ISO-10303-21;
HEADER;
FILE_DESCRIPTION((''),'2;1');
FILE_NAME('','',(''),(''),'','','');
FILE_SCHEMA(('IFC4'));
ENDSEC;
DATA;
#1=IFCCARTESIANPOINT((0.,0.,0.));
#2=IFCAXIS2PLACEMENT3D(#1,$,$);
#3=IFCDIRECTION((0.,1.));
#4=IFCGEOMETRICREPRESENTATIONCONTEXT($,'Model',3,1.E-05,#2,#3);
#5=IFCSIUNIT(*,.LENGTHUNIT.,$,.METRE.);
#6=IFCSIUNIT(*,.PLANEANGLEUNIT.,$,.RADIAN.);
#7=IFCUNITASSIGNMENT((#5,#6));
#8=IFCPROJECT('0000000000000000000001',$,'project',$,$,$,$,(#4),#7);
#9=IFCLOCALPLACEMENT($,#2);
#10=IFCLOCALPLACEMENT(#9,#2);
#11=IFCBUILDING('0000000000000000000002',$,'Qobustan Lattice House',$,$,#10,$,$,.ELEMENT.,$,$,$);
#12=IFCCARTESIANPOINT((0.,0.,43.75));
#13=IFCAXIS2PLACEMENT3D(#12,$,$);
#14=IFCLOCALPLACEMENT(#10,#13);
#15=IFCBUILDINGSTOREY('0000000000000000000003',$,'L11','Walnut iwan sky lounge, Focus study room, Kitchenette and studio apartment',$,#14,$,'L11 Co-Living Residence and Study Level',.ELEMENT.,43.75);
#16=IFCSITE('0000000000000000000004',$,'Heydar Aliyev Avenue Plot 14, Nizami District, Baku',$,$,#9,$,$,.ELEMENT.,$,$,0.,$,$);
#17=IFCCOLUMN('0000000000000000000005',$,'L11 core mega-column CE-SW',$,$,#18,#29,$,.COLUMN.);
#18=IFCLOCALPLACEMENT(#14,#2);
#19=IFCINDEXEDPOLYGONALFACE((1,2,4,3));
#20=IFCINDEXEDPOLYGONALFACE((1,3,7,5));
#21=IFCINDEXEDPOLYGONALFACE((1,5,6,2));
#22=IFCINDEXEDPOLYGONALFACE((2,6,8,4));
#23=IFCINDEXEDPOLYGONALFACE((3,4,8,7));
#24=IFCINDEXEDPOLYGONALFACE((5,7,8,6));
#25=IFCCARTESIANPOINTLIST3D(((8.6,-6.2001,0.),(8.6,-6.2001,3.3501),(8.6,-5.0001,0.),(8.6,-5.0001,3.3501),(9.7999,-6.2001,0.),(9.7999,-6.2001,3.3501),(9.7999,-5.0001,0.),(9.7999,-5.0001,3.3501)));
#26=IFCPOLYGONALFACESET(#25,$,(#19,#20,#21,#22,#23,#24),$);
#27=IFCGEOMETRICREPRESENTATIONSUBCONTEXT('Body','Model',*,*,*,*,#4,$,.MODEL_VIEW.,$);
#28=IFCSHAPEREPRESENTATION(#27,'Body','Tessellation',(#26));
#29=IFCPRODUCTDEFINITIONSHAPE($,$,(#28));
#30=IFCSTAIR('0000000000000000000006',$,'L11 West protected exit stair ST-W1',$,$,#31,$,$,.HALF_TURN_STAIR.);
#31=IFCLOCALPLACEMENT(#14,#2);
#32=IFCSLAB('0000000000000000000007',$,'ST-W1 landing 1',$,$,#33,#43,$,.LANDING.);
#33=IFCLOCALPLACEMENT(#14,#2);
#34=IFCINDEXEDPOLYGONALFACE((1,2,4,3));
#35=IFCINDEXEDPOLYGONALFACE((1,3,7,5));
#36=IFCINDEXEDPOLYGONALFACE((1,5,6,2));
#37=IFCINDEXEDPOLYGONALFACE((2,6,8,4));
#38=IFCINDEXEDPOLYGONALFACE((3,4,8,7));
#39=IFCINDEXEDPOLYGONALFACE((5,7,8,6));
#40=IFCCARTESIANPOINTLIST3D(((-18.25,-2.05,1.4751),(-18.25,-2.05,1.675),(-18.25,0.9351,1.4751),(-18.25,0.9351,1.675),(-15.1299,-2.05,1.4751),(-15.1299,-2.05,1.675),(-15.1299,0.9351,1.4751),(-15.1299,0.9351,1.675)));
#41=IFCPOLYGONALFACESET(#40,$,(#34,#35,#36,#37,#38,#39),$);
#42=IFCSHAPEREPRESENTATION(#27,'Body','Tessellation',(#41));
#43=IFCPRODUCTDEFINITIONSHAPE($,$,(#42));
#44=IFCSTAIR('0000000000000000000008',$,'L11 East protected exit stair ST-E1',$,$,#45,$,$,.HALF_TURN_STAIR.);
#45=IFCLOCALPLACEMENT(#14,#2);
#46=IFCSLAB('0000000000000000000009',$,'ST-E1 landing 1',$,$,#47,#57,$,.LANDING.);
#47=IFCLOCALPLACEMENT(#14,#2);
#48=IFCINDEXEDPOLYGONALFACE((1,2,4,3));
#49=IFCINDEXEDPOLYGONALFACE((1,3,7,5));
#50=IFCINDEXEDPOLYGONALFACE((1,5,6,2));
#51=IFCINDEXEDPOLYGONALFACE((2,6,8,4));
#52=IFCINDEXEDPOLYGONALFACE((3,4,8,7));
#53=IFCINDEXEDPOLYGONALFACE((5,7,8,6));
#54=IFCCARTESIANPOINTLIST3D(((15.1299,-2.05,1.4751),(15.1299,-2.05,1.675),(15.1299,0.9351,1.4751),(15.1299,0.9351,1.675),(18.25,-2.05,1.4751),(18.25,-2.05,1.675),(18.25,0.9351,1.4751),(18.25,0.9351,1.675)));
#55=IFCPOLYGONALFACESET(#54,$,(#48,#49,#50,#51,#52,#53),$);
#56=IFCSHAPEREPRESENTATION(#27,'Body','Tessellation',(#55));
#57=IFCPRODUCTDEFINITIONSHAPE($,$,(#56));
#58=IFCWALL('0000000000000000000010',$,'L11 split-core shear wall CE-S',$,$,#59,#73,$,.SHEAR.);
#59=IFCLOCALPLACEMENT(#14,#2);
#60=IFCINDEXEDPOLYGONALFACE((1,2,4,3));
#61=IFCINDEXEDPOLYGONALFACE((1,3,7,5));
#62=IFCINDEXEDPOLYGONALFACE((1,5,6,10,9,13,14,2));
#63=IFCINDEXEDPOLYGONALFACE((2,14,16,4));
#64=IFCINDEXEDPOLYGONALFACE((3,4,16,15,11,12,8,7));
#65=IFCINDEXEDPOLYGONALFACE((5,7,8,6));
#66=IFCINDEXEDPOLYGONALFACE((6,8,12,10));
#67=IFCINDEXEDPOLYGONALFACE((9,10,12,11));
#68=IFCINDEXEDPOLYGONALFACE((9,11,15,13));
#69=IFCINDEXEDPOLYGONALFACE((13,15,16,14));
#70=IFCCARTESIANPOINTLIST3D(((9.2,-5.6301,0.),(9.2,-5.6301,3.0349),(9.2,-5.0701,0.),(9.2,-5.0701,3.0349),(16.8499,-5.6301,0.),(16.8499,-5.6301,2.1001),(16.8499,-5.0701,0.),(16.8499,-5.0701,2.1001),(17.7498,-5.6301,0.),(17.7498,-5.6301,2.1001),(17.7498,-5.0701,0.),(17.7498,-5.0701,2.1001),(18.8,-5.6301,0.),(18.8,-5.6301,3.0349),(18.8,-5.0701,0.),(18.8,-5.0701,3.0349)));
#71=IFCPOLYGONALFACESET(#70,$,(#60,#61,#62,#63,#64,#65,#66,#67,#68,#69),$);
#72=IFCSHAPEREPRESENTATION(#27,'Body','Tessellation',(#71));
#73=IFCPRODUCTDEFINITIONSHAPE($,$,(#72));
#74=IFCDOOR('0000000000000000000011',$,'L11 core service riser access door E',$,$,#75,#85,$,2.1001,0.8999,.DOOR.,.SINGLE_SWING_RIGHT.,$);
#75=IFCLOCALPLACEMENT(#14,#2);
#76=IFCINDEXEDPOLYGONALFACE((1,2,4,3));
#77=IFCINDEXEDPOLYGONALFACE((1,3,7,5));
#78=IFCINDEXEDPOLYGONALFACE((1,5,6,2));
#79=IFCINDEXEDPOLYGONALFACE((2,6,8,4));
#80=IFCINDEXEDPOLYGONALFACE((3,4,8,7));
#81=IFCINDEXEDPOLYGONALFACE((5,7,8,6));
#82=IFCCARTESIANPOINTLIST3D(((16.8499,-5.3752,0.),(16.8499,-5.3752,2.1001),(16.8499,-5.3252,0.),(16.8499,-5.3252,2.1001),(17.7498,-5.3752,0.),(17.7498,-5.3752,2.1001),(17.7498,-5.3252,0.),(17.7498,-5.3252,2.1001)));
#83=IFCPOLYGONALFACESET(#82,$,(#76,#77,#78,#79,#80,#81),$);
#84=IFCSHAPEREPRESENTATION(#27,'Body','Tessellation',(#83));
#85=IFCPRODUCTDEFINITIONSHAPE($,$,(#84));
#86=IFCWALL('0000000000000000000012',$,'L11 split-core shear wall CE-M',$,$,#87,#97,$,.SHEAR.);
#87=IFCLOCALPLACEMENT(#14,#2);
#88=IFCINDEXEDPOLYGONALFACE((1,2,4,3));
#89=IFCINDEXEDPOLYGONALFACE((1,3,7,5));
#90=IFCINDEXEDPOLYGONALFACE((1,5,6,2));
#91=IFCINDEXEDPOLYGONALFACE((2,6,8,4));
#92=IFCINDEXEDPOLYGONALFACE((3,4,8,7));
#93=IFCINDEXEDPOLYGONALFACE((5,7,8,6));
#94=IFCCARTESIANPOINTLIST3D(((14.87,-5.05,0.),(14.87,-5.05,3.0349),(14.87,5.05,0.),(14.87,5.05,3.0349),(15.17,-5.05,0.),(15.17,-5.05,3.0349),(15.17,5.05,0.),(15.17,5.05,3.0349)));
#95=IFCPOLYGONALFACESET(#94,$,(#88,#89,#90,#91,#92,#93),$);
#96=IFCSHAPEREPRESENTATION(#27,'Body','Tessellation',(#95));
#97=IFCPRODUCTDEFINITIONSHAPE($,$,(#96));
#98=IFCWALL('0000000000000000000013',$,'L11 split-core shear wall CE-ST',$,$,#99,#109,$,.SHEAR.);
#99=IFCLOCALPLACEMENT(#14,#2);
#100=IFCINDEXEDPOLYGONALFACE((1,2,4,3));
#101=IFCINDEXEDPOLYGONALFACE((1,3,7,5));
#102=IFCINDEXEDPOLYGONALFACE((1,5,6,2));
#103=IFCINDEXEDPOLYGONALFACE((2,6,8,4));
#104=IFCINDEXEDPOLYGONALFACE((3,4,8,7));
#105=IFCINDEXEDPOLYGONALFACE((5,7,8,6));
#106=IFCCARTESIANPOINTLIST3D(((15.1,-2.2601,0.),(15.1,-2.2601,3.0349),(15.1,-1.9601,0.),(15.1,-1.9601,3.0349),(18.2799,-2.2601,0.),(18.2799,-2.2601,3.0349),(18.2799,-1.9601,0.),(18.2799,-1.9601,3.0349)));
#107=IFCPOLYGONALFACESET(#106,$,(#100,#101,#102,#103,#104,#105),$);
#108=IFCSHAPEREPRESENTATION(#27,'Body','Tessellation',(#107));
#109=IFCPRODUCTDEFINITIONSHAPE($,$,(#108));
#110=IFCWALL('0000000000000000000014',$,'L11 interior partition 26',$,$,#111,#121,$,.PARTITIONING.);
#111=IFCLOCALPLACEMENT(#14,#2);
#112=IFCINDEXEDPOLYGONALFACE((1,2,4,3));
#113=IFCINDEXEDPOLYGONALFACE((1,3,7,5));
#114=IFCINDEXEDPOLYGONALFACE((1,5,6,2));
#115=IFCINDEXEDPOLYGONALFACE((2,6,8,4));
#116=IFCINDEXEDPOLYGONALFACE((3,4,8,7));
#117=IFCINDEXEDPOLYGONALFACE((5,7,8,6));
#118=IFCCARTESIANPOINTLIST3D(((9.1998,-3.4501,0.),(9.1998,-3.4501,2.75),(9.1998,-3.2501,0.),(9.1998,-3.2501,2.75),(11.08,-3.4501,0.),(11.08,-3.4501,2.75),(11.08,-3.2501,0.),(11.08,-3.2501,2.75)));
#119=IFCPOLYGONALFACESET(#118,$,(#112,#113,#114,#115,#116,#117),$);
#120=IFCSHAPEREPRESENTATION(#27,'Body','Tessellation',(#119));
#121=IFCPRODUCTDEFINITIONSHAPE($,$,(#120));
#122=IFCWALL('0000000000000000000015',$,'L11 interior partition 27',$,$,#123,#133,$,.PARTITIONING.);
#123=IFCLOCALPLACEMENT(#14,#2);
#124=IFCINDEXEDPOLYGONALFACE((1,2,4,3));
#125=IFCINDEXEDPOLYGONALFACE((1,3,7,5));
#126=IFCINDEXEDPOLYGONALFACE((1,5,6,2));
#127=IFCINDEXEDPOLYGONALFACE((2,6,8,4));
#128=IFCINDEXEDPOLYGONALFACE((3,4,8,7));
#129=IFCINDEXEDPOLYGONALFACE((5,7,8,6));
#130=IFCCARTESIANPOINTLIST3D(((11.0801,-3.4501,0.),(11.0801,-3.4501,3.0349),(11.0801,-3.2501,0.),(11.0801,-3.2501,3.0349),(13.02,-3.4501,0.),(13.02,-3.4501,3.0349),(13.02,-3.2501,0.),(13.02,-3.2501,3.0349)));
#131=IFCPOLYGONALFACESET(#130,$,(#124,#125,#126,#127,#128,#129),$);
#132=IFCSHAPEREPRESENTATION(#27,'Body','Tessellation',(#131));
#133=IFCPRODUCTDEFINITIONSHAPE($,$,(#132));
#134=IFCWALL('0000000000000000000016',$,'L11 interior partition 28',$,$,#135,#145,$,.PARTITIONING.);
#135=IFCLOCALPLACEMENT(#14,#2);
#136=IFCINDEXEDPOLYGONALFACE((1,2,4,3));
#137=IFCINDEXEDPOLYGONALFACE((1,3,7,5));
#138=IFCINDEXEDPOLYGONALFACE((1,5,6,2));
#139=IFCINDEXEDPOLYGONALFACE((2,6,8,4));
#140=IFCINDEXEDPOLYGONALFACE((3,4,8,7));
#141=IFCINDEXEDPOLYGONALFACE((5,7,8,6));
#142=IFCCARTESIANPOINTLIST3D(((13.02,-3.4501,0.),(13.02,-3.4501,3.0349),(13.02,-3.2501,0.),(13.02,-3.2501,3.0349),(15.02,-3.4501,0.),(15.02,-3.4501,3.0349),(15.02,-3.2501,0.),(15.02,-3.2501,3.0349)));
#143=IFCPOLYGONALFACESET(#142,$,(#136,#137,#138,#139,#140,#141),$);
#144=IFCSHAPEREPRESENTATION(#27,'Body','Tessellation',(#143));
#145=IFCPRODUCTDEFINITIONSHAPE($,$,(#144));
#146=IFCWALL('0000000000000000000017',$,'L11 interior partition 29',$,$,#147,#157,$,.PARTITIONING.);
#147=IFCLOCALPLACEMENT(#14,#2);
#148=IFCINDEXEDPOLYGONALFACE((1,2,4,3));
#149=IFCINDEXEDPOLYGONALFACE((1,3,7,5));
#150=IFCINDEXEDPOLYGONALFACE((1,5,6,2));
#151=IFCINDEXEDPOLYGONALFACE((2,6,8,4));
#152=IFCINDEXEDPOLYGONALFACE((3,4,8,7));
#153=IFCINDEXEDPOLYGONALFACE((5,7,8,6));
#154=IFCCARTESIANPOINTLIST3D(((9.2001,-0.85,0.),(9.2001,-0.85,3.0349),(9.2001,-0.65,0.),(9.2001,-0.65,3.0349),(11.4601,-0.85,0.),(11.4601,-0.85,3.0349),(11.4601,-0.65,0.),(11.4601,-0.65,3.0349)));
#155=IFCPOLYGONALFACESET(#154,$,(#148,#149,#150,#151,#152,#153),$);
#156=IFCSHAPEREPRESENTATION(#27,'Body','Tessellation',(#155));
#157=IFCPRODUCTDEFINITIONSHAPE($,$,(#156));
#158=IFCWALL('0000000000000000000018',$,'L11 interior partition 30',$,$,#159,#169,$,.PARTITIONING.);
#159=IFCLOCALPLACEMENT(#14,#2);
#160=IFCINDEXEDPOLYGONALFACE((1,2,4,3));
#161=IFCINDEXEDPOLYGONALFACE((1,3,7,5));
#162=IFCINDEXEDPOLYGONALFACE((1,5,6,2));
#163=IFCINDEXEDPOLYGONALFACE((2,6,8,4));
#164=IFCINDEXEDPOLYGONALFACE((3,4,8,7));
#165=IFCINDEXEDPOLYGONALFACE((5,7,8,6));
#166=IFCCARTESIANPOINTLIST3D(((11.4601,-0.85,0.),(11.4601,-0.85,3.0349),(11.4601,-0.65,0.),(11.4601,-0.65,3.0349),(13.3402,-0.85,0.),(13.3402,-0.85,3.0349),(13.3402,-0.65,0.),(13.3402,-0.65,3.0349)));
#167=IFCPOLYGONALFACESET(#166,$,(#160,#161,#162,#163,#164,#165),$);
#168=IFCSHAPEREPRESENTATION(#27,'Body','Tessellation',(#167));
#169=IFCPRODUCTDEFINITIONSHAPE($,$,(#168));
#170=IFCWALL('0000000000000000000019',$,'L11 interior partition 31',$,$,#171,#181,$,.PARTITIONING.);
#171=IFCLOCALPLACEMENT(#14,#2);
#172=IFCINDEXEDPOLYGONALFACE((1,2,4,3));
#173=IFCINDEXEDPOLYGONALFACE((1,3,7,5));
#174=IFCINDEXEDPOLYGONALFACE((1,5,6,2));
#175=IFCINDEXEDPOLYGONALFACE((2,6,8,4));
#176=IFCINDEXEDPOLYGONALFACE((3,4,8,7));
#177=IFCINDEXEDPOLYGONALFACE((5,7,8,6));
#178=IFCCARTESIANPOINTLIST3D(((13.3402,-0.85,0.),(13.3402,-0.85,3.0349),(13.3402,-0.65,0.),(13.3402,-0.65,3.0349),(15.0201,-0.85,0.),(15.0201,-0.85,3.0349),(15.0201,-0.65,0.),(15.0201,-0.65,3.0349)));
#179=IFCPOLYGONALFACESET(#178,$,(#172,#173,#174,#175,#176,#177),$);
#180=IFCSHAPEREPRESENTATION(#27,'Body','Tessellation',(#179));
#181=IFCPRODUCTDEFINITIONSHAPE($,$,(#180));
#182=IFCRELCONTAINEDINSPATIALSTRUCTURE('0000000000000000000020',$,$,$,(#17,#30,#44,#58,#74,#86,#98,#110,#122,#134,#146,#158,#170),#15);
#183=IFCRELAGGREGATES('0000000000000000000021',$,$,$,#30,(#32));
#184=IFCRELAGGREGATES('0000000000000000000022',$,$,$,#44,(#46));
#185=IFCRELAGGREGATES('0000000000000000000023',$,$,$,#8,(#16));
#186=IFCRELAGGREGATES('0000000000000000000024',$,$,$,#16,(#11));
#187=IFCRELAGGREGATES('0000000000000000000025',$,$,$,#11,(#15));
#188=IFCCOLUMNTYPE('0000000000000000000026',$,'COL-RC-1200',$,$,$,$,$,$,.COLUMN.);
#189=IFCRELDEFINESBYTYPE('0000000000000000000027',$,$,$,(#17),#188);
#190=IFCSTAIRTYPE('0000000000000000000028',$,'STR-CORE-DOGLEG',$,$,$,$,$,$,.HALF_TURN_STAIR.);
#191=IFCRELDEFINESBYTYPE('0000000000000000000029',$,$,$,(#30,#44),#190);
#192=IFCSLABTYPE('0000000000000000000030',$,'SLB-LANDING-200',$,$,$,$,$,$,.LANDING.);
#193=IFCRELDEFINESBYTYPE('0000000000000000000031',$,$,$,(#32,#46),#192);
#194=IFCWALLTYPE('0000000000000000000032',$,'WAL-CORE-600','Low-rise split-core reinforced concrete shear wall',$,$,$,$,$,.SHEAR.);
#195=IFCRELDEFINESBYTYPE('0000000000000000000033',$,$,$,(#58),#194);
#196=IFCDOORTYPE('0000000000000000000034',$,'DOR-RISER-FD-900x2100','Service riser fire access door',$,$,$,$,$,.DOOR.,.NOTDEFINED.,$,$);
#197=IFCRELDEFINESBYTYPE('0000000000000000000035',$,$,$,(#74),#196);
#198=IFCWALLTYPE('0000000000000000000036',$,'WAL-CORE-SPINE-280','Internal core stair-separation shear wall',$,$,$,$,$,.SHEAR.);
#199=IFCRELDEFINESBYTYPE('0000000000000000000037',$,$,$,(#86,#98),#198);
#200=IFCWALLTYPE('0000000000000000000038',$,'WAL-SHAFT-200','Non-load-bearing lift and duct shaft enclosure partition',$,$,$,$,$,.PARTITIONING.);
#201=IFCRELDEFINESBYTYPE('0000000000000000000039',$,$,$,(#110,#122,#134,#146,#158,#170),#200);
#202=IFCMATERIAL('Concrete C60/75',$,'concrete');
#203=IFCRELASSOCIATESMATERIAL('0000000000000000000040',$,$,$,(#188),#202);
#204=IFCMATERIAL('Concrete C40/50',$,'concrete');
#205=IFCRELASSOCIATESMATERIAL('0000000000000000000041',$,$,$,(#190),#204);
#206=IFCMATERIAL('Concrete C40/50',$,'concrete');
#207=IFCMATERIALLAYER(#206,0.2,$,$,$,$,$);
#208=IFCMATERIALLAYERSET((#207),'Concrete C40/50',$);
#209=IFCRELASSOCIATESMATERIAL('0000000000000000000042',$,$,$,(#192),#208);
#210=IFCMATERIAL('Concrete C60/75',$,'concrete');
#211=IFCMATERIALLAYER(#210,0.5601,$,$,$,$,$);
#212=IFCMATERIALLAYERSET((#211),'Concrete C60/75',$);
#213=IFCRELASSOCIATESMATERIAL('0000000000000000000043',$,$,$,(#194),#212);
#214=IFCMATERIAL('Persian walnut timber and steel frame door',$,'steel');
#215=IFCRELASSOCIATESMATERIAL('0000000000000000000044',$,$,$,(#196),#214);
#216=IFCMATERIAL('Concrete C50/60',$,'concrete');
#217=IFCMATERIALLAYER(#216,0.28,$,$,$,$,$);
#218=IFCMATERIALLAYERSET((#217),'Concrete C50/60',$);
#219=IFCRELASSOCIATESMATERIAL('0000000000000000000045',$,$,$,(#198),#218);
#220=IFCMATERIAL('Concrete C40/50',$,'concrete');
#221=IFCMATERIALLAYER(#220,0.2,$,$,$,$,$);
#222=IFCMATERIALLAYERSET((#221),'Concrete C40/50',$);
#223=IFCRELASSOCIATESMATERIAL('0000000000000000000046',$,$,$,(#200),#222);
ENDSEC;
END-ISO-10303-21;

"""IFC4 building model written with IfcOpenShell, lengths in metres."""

from ifc_helpers import new_model, si_unit, direction, frame, frame_2d, origin, origin_2d, place, context, subcontext, project, spatial, polyline, rectangle, outline, extrude, material, layer, layer_set, material_profile, profile_set, type_object, element, fill, aggregate, save


model = new_model("IFC4")

# Units and contexts
model_context = context("Model", 3, precision=1e-05, world=origin(), true_north=direction((0.0, 1.0)))
body_context = subcontext(model_context, "Body", "Model", "MODEL_VIEW")
ifc_project = project(units=[si_unit("LENGTHUNIT", "METRE"), si_unit("PLANEANGLEUNIT", "RADIAN")], contexts=[model_context])

# Site, building, storey
site_placement = place(None, origin())
site = spatial("IfcSite", under=ifc_project, at=site_placement, Name="Heydar Aliyev Avenue Plot 14, Nizami District, Baku", CompositionType="ELEMENT", RefElevation=0.0)
building_placement = place(site_placement, origin())
building = spatial("IfcBuilding", under=site, at=building_placement, Name="Qobustan Lattice House", CompositionType="ELEMENT")
storey_placement = place(building_placement, frame((0.0, 0.0, 43.75)))
storey = spatial("IfcBuildingStorey", under=building, at=storey_placement, Name="L11", Description="Walnut iwan sky lounge, Focus study room, Kitchenette and studio apartment", LongName="L11 Co-Living Residence and Study Level", CompositionType="ELEMENT", Elevation=43.75)

# Column
ifc_material_1 = material(Name="Concrete C60/75", Category="concrete")
ifc_material_profile = material_profile(ifc_material_1, rectangle(XDim=1.2, YDim=1.2, at=origin_2d()), Name="RC1200x1200")
ifc_profile_set = profile_set([ifc_material_profile], Name="Concrete C60/75")
column_type = type_object("IfcColumnType", Name="COL-RC-1200", PredefinedType="COLUMN", material=ifc_profile_set)
column_placement = place(storey_placement, frame((9.2, -5.6001, 0.0), z_axis=(0.0, 0.0, 1.0), x_axis=(1.0, 0.0, 0.0)))
element("IfcColumn", 1, at=column_placement, inside=storey, type_object=column_type, Name="L11 core mega-column CE-SW", PredefinedType="COLUMN", context=body_context, shape_type="SweptSolid", body=[
    extrude(rectangle(XDim=1.2, YDim=1.2, at=origin_2d()), origin(), (0.0, 0.0, 1.0), 3.3501),
])

# Stairs, slabs
ifc_material_2 = material(Name="Concrete C40/50", Category="concrete")
stair_type = type_object("IfcStairType", Name="STR-CORE-DOGLEG", PredefinedType="HALF_TURN_STAIR", material=ifc_material_2)
stair_1_placement = place(storey_placement, origin())
stair_1 = element("IfcStair", 2, at=stair_1_placement, inside=storey, type_object=stair_type, Name="L11 West protected exit stair ST-W1", PredefinedType="HALF_TURN_STAIR")
ifc_material_3 = material(Name="Concrete C40/50", Category="concrete")
ifc_layer_1 = layer(ifc_material_3, 0.2)
ifc_layer_set_1 = layer_set([ifc_layer_1], Name="Concrete C40/50")
slab_type = type_object("IfcSlabType", Name="SLB-LANDING-200", PredefinedType="LANDING", material=ifc_layer_set_1)
slab_1_placement = place(storey_placement, frame((0.0, 0.0, 1.4751)))
slab_1 = element("IfcSlab", 3, at=slab_1_placement, type_object=slab_type, Name="ST-W1 landing 1", PredefinedType="LANDING", context=body_context, shape_type="SweptSolid", body=[
    extrude(outline(polyline([(-18.25, 0.9351), (-18.25, -2.05), (-15.1299, -2.05), (-15.1299, 0.9351), (-18.25, 0.9351)])), origin(), (0.0, 0.0, 1.0), 0.2),
])
aggregate(stair_1, [slab_1])
stair_2_placement = place(storey_placement, origin())
stair_2 = element("IfcStair", 4, at=stair_2_placement, inside=storey, type_object=stair_type, Name="L11 East protected exit stair ST-E1", PredefinedType="HALF_TURN_STAIR")
slab_2_placement = place(storey_placement, frame((0.0, 0.0, 1.4751)))
slab_2 = element("IfcSlab", 5, at=slab_2_placement, type_object=slab_type, Name="ST-E1 landing 1", PredefinedType="LANDING", context=body_context, shape_type="SweptSolid", body=[
    extrude(outline(polyline([(15.1299, 0.9351), (15.1299, -2.05), (18.25, -2.05), (18.25, 0.9351), (15.1299, 0.9351)])), origin(), (0.0, 0.0, 1.0), 0.2),
])
aggregate(stair_2, [slab_2])

# Wall, opening, door
ifc_material_4 = material(Name="Concrete C60/75", Category="concrete")
ifc_layer_2 = layer(ifc_material_4, 0.5601)
ifc_layer_set_2 = layer_set([ifc_layer_2], Name="Concrete C60/75")
wall_type_1 = type_object("IfcWallType", Name="WAL-CORE-600", Description="Low-rise split-core reinforced concrete shear wall", PredefinedType="SHEAR", material=ifc_layer_set_2)
wall_1_placement = place(storey_placement, frame((9.2, -5.3501, 0.0), z_axis=(0.0, 0.0, 1.0), x_axis=(1.0, 0.0, 0.0)))
wall_1 = element("IfcWall", 6, at=wall_1_placement, inside=storey, type_object=wall_type_1, Name="L11 split-core shear wall CE-S", PredefinedType="SHEAR", context=body_context, shape_type="SweptSolid", body=[
    extrude(rectangle(XDim=9.6001, YDim=0.5601, at=frame_2d((4.8, 0.0))), origin(), (0.0, 0.0, 1.0), 3.0349),
])
opening_1_placement = place(wall_1_placement, frame((7.6499, 0.0, 0.0)))
opening_1 = element("IfcOpeningElement", 7, at=opening_1_placement, cuts=wall_1, PredefinedType="OPENING", context=body_context, shape_type="SweptSolid", body=[
    extrude(rectangle(XDim=0.8999, YDim=2.1001, at=frame_2d((0.45, 1.05))), frame((0.0, 0.29, 0.0), z_axis=(0.0, -1.0, 0.0), x_axis=(1.0, 0.0, 0.0)), (0.0, 0.0, 1.0), 0.5801),
])
ifc_material_5 = material(Name="Persian walnut timber and steel frame door", Category="steel")
door_type_1 = type_object("IfcDoorType", Name="DOR-RISER-FD-900x2100", Description="Service riser fire access door", OperationType="NOTDEFINED", PredefinedType="DOOR", material=ifc_material_5)
door_1_placement = place(opening_1_placement, origin())
door_1 = element("IfcDoor", 8, at=door_1_placement, inside=storey, type_object=door_type_1, Name="L11 core service riser access door E", OperationType="SINGLE_SWING_RIGHT", OverallHeight=2.1001, OverallWidth=0.8999, PredefinedType="DOOR", context=body_context, shape_type="SweptSolid", body=[
    extrude(rectangle(XDim=0.8999, YDim=2.1001, at=frame_2d((0.45, 1.05))), frame((0.0, 0.0249, 0.0), z_axis=(0.0, -1.0, 0.0), x_axis=(1.0, 0.0, 0.0)), (0.0, 0.0, 1.0), 0.05),
])
fill(opening_1, door_1)

# Walls
ifc_material_6 = material(Name="Concrete C50/60", Category="concrete")
ifc_layer_3 = layer(ifc_material_6, 0.28)
ifc_layer_set_3 = layer_set([ifc_layer_3], Name="Concrete C50/60")
wall_type_2 = type_object("IfcWallType", Name="WAL-CORE-SPINE-280", Description="Internal core stair-separation shear wall", PredefinedType="SHEAR", material=ifc_layer_set_3)
wall_2_placement = place(storey_placement, frame((15.02, -5.05, 0.0), z_axis=(0.0, 0.0, 1.0), x_axis=(0.0, 1.0, 0.0)))
element("IfcWall", 9, at=wall_2_placement, inside=storey, type_object=wall_type_2, Name="L11 split-core shear wall CE-M", PredefinedType="SHEAR", context=body_context, shape_type="SweptSolid", body=[
    extrude(rectangle(XDim=10.1001, YDim=0.3, at=frame_2d((5.05, 0.0))), origin(), (0.0, 0.0, 1.0), 3.0349),
])
wall_3_placement = place(storey_placement, frame((15.1001, -2.1101, 0.0), z_axis=(0.0, 0.0, 1.0), x_axis=(1.0, 0.0, 0.0)))
element("IfcWall", 10, at=wall_3_placement, inside=storey, type_object=wall_type_2, Name="L11 split-core shear wall CE-ST", PredefinedType="SHEAR", context=body_context, shape_type="SweptSolid", body=[
    extrude(rectangle(XDim=3.1799, YDim=0.3, at=frame_2d((1.5898, 0.0))), origin(), (0.0, 0.0, 1.0), 3.0349),
])
ifc_material_7 = material(Name="Concrete C40/50", Category="concrete")
ifc_layer_4 = layer(ifc_material_7, 0.2)
ifc_layer_set_4 = layer_set([ifc_layer_4], Name="Concrete C40/50")
wall_type_3 = type_object("IfcWallType", Name="WAL-SHAFT-200", Description="Non-load-bearing lift and duct shaft enclosure partition", PredefinedType="PARTITIONING", material=ifc_layer_set_4)
wall_4_placement = place(storey_placement, frame((9.2, -3.3501, 0.0), z_axis=(0.0, 0.0, 1.0), x_axis=(1.0, 0.0, 0.0)))
element("IfcWall", 11, at=wall_4_placement, inside=storey, type_object=wall_type_3, Name="L11 interior partition 26", PredefinedType="PARTITIONING", context=body_context, shape_type="SweptSolid", body=[
    extrude(rectangle(XDim=1.8801, YDim=0.2, at=frame_2d((0.9399, 0.0))), origin(), (0.0, 0.0, 1.0), 2.75),
])
wall_5_placement = place(storey_placement, frame((11.0801, -3.3501, 0.0), z_axis=(0.0, 0.0, 1.0), x_axis=(1.0, 0.0, 0.0)))
element("IfcWall", 12, at=wall_5_placement, inside=storey, type_object=wall_type_3, Name="L11 interior partition 27", PredefinedType="PARTITIONING", context=body_context, shape_type="SweptSolid", body=[
    extrude(rectangle(XDim=1.9399, YDim=0.2, at=frame_2d((0.97, 0.0))), origin(), (0.0, 0.0, 1.0), 3.0349),
])
wall_6_placement = place(storey_placement, frame((13.02, -3.3501, 0.0), z_axis=(0.0, 0.0, 1.0), x_axis=(1.0, 0.0, 0.0)))
element("IfcWall", 13, at=wall_6_placement, inside=storey, type_object=wall_type_3, Name="L11 interior partition 28", PredefinedType="PARTITIONING", context=body_context, shape_type="SweptSolid", body=[
    extrude(rectangle(XDim=2.0, YDim=0.2, at=frame_2d((1.0, 0.0))), origin(), (0.0, 0.0, 1.0), 3.0349),
])
wall_7_placement = place(storey_placement, frame((11.46, -0.75, 0.0), z_axis=(0.0, 0.0, 1.0), x_axis=(-1.0, 0.0, 0.0)))
element("IfcWall", 14, at=wall_7_placement, inside=storey, type_object=wall_type_3, Name="L11 interior partition 29", PredefinedType="PARTITIONING", context=body_context, shape_type="SweptSolid", body=[
    extrude(rectangle(XDim=2.26, YDim=0.2, at=frame_2d((1.1299, 0.0))), origin(), (0.0, 0.0, 1.0), 3.0349),
])
wall_8_placement = place(storey_placement, frame((13.3401, -0.75, 0.0), z_axis=(0.0, 0.0, 1.0), x_axis=(-1.0, 0.0, 0.0)))
element("IfcWall", 15, at=wall_8_placement, inside=storey, type_object=wall_type_3, Name="L11 interior partition 30", PredefinedType="PARTITIONING", context=body_context, shape_type="SweptSolid", body=[
    extrude(rectangle(XDim=1.8801, YDim=0.2, at=frame_2d((0.9399, 0.0))), origin(), (0.0, 0.0, 1.0), 3.0349),
])
wall_9_placement = place(storey_placement, frame((15.02, -0.75, 0.0), z_axis=(0.0, 0.0, 1.0), x_axis=(-1.0, 0.0, 0.0)))
element("IfcWall", 16, at=wall_9_placement, inside=storey, type_object=wall_type_3, Name="L11 interior partition 31", PredefinedType="PARTITIONING", context=body_context, shape_type="SweptSolid", body=[
    extrude(rectangle(XDim=1.6799, YDim=0.2, at=frame_2d((0.8398, 0.0))), origin(), (0.0, 0.0, 1.0), 3.0349),
])

save(model, "model.ifc")
